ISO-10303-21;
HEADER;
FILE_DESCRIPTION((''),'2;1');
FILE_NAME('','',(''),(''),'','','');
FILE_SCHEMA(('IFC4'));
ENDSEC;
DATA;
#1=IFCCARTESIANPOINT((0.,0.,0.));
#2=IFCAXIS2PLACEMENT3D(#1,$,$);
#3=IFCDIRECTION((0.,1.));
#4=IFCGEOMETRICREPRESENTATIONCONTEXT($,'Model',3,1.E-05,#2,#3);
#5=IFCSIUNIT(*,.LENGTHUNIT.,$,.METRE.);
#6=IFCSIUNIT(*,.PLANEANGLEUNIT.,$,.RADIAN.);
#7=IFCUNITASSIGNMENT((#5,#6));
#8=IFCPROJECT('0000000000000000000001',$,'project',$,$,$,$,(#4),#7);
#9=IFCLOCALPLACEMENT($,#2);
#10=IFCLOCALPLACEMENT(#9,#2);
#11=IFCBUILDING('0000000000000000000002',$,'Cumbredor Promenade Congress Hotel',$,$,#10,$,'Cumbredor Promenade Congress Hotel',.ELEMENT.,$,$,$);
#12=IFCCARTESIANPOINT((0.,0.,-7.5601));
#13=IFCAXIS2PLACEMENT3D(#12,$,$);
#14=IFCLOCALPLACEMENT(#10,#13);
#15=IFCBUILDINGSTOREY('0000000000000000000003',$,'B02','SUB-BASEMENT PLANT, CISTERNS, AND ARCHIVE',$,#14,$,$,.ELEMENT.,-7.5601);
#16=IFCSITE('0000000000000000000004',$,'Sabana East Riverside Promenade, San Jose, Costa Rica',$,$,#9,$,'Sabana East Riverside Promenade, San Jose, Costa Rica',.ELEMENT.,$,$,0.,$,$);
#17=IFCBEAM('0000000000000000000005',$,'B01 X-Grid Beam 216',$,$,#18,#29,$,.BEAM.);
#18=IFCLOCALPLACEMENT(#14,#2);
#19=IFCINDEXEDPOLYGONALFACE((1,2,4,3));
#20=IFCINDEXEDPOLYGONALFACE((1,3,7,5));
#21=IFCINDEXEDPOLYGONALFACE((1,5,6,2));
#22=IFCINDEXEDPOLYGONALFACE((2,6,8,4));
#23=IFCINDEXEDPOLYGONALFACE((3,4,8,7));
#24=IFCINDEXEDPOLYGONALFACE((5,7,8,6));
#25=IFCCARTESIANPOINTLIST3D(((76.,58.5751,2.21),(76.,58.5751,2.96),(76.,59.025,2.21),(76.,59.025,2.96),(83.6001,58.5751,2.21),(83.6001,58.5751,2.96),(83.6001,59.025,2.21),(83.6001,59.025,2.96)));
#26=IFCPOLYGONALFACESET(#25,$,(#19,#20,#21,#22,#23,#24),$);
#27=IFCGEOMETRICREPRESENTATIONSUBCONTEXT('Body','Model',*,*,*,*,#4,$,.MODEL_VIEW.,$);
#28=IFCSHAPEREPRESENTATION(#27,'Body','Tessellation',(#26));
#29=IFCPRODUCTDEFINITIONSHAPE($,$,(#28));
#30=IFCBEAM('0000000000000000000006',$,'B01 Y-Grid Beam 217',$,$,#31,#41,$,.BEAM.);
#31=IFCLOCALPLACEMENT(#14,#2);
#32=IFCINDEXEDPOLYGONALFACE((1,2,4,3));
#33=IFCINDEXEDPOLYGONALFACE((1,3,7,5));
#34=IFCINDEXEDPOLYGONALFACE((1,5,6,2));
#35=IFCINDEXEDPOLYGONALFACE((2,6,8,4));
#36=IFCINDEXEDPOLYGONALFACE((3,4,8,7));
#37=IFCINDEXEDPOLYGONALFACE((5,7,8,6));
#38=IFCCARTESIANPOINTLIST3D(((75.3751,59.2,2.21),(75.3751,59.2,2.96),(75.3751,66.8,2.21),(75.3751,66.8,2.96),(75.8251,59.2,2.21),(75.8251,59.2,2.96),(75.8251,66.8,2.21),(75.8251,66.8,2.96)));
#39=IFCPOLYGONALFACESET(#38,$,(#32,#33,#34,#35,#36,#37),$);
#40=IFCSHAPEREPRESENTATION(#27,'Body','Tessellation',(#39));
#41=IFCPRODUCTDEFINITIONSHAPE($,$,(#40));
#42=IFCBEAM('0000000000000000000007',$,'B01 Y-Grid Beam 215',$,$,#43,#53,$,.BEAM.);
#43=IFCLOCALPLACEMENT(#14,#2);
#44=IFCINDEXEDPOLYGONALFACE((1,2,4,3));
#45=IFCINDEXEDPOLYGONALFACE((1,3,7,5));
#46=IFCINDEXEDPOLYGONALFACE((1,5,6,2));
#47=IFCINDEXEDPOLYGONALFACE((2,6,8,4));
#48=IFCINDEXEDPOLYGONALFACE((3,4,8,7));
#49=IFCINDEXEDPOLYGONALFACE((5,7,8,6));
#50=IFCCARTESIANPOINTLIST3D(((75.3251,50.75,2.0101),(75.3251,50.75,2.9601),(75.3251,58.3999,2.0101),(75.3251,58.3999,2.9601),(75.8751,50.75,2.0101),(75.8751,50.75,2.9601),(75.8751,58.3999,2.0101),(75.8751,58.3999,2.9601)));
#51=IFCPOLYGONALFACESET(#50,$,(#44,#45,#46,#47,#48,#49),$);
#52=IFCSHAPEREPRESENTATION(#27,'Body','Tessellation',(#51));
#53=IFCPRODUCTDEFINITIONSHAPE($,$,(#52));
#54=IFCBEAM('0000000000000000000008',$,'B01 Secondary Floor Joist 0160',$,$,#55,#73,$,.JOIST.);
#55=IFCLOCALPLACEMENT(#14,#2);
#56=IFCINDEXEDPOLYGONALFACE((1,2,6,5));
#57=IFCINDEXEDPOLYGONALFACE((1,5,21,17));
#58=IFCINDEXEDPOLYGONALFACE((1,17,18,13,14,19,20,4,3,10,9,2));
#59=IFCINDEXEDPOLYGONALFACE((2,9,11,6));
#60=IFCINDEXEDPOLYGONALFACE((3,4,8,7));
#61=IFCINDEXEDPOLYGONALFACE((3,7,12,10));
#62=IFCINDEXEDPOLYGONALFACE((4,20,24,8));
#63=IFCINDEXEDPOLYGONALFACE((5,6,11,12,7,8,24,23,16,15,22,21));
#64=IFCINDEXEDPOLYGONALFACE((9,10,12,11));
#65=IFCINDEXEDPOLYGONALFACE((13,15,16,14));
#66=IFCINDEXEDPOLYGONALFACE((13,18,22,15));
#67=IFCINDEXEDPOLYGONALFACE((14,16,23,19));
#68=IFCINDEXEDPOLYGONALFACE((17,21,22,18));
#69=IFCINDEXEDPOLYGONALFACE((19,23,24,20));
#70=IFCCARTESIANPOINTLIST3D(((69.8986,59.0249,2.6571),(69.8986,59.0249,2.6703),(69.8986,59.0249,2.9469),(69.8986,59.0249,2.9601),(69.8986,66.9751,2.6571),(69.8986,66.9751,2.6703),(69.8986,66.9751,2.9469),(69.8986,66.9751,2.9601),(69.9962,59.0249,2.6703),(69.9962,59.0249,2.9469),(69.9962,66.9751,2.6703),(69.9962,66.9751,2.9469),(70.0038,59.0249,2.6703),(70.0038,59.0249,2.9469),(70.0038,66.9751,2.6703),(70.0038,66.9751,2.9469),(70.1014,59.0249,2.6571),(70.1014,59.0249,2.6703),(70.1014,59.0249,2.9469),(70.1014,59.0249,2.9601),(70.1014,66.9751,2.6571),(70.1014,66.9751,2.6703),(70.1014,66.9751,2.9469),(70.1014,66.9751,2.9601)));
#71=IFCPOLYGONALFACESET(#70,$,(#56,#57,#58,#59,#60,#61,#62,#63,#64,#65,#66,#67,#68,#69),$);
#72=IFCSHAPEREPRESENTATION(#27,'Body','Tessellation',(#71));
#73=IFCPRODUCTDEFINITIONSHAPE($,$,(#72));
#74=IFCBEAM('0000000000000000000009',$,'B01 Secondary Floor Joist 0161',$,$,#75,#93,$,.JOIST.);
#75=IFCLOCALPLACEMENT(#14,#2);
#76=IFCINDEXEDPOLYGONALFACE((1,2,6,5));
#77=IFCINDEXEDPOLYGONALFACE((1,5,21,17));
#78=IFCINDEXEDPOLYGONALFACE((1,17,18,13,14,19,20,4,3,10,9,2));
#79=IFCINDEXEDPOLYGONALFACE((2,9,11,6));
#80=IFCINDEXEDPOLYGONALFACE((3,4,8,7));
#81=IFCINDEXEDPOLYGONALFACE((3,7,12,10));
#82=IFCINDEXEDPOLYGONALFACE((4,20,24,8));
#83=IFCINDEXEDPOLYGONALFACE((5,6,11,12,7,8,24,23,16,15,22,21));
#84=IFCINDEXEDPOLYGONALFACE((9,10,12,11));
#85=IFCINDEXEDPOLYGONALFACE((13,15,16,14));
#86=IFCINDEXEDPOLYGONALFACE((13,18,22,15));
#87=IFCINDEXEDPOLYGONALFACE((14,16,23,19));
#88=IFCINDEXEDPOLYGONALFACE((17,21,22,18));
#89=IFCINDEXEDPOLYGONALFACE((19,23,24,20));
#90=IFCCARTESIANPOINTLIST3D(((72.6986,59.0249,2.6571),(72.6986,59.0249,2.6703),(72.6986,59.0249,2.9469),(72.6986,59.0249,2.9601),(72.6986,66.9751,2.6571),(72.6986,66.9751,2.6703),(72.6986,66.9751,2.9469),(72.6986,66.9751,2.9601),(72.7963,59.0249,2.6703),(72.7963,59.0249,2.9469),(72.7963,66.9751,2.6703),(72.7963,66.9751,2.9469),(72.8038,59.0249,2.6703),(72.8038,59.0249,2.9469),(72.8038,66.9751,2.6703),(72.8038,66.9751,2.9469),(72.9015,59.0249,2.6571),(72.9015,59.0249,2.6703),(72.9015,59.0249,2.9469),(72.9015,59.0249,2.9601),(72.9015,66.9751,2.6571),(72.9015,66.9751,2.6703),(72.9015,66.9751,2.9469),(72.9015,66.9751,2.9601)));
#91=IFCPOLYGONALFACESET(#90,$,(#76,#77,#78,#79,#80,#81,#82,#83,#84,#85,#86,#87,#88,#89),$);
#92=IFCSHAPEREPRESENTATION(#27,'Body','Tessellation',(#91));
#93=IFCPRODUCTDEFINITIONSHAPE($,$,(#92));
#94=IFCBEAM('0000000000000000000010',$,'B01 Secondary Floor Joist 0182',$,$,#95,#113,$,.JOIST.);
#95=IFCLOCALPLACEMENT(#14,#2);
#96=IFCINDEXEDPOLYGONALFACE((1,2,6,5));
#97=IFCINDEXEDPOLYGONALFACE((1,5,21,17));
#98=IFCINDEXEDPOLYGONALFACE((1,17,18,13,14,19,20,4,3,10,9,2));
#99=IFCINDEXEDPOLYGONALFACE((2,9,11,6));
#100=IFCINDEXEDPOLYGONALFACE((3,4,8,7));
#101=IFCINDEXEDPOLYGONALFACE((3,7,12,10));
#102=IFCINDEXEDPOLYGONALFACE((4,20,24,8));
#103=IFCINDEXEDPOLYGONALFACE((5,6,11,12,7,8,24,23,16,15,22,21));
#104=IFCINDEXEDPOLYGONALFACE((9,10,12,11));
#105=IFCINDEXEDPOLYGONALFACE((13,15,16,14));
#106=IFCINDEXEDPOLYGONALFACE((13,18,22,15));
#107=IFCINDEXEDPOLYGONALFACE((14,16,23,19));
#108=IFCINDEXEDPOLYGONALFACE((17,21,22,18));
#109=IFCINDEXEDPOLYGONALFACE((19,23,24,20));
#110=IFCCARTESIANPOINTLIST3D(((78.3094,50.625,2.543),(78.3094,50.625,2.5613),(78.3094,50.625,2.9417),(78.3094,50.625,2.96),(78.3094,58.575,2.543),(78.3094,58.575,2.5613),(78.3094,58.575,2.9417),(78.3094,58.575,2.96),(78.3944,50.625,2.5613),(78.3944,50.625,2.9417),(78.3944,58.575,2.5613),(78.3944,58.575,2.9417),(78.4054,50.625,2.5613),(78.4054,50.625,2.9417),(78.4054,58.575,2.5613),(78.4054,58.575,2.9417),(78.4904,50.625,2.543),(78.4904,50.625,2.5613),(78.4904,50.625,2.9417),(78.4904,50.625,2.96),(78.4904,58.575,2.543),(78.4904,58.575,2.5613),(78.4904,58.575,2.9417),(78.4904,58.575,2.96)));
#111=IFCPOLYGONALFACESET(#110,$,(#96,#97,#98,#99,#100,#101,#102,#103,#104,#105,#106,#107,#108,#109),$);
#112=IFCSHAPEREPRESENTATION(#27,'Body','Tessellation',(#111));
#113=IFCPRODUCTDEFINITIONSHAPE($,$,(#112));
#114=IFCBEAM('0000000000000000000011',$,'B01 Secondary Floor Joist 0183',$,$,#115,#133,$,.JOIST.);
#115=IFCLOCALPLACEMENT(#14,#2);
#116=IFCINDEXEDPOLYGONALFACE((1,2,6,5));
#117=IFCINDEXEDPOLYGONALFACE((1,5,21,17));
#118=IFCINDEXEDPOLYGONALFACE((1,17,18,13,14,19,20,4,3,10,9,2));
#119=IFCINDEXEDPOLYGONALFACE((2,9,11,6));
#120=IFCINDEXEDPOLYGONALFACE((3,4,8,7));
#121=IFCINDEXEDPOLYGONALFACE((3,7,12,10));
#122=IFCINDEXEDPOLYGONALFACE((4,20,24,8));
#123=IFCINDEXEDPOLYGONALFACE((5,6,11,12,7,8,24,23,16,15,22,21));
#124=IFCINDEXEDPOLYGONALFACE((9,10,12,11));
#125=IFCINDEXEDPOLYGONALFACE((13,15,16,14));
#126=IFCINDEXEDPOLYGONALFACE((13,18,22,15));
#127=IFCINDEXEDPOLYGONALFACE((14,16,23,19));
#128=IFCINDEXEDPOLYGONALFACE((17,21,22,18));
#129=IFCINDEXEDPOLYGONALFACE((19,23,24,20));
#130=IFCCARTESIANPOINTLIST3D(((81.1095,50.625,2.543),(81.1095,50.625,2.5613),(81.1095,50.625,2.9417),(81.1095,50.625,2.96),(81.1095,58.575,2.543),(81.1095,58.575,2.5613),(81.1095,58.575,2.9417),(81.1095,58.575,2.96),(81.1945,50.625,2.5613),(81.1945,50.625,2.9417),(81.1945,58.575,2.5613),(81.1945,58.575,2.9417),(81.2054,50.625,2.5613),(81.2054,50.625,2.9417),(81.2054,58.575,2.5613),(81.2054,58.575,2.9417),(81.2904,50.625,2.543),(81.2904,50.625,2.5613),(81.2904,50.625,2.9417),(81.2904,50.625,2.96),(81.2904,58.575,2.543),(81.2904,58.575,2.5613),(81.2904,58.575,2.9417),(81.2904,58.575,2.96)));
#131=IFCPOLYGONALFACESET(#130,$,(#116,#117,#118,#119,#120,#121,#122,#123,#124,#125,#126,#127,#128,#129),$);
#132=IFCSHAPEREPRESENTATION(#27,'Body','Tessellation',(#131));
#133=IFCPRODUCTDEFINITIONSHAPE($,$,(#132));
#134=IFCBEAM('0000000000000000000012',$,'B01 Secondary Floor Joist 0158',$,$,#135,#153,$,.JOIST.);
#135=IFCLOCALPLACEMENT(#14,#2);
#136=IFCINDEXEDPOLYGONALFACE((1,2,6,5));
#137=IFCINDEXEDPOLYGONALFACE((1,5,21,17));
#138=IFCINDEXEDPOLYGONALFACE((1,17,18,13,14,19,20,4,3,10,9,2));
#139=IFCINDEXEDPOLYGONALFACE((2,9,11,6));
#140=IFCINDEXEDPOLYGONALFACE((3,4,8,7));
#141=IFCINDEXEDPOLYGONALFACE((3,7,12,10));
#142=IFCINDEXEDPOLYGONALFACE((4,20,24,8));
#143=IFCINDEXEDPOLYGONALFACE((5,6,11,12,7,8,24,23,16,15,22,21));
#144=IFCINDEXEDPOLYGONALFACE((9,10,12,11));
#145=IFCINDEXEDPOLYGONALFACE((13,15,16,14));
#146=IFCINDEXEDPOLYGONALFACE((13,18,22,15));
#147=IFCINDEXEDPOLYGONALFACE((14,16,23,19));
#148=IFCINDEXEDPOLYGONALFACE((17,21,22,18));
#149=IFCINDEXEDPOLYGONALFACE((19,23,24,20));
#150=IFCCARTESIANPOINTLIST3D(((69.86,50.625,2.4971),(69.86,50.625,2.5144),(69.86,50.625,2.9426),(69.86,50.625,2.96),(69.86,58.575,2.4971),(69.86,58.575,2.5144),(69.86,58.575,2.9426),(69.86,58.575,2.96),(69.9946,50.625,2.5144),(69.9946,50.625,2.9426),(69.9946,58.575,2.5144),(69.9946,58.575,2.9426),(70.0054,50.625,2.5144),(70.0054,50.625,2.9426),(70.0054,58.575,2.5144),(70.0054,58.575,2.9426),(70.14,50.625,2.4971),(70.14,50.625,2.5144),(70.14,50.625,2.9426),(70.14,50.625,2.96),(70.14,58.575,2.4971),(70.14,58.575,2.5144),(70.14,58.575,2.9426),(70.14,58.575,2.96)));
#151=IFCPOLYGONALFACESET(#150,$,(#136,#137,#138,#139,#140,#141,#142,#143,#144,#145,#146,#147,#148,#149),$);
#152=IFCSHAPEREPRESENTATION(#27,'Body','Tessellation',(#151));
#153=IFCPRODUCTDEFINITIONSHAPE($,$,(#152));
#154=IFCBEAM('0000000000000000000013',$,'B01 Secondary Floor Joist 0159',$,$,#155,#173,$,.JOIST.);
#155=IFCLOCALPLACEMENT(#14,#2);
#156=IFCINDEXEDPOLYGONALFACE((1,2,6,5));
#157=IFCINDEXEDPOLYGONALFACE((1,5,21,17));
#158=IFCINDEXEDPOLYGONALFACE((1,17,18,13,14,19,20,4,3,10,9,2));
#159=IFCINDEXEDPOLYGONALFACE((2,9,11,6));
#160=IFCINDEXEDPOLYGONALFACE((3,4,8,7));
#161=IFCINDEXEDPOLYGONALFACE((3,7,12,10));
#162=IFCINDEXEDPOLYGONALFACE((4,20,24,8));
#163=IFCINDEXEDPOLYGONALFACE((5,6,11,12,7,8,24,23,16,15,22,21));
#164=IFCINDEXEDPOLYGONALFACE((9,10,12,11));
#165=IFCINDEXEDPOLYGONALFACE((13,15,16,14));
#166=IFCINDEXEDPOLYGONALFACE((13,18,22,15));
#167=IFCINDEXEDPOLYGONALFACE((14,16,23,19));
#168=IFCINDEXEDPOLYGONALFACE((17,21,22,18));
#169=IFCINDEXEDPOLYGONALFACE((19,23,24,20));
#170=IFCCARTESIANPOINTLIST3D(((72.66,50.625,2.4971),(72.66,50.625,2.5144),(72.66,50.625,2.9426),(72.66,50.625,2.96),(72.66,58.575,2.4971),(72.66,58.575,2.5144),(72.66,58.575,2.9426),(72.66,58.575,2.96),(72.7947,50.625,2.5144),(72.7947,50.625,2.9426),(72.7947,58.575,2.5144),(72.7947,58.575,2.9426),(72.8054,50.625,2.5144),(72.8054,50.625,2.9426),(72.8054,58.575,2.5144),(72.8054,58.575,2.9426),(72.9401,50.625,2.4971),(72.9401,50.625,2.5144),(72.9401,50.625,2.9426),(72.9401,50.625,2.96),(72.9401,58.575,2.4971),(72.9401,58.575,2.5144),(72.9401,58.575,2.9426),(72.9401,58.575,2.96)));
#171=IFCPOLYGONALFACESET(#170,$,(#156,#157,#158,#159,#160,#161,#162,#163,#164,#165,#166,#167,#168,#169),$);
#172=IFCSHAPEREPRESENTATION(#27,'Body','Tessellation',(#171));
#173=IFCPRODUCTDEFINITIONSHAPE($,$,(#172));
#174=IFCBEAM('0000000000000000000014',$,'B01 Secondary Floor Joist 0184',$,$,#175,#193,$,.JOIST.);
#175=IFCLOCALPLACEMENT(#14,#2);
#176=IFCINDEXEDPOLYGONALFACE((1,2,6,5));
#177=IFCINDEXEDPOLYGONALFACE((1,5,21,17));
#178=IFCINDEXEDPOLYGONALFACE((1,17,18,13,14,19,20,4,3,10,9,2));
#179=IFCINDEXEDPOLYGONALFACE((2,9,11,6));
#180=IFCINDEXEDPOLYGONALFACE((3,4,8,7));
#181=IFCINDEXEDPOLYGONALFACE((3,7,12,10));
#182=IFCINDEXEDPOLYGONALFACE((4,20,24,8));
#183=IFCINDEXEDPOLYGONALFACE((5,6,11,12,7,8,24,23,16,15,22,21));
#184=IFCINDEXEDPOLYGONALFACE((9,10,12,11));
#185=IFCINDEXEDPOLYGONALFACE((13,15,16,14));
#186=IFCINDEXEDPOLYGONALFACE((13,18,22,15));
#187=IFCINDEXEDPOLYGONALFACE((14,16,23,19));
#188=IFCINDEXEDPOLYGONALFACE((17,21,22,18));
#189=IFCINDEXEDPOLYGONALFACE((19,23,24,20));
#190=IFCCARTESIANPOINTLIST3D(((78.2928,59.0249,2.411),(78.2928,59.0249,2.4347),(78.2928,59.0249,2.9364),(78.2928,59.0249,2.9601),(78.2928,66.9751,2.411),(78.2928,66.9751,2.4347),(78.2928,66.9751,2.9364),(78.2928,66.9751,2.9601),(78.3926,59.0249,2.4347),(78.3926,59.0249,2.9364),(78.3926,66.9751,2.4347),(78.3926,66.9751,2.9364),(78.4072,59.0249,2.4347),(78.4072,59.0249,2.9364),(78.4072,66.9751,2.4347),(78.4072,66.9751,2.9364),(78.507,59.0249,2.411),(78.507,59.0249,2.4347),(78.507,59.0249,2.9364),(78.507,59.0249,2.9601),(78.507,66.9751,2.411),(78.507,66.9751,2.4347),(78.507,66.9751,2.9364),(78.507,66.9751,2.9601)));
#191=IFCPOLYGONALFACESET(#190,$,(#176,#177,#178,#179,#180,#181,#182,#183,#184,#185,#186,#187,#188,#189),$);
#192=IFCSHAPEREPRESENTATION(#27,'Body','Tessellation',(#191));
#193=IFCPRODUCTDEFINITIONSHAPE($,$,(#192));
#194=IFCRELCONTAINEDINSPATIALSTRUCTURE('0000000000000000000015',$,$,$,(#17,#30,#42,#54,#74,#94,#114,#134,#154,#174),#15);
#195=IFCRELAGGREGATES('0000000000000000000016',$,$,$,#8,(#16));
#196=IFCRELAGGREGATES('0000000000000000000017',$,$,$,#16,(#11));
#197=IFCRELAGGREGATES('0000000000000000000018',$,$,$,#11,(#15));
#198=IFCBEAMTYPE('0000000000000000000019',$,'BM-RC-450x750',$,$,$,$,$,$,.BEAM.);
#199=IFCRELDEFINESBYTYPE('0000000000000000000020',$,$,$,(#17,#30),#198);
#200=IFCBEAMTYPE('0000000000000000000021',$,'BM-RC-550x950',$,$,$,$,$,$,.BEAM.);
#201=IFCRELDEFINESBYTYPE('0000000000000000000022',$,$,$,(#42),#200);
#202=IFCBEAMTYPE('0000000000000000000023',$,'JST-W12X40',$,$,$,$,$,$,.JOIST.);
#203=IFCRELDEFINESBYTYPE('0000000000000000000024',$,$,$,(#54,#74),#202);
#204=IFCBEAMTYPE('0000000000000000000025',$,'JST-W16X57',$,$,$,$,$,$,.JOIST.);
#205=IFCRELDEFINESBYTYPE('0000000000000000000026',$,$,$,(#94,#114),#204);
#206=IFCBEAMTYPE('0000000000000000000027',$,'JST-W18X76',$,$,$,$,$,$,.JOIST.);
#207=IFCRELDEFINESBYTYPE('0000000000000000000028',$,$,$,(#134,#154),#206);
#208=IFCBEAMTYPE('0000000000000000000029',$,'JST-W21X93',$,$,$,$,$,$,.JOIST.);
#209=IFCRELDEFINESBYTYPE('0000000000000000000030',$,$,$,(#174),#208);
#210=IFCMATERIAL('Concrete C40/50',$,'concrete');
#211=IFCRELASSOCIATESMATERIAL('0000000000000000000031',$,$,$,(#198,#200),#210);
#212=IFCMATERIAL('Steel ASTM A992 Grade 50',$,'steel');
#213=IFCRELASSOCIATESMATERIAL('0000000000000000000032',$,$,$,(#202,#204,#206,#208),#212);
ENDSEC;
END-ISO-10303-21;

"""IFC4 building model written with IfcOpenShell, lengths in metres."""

from ifc_helpers import new_model, si_unit, direction, frame, origin, origin_2d, place, context, subcontext, project, spatial, rectangle, i_section, extrude, material, material_profile, profile_set, type_object, element, save


model = new_model("IFC4")

# Units and contexts
model_context = context("Model", 3, precision=1e-05, world=origin(), true_north=direction((0.0, 1.0)))
body_context = subcontext(model_context, "Body", "Model", "MODEL_VIEW")
ifc_project = project(units=[si_unit("LENGTHUNIT", "METRE"), si_unit("PLANEANGLEUNIT", "RADIAN")], contexts=[model_context])

# Site, building, storey
site_placement = place(None, origin())
site = spatial("IfcSite", under=ifc_project, at=site_placement, Name="Sabana East Riverside Promenade, San Jose, Costa Rica", LongName="Sabana East Riverside Promenade, San Jose, Costa Rica", CompositionType="ELEMENT", RefElevation=0.0)
building_placement = place(site_placement, origin())
building = spatial("IfcBuilding", under=site, at=building_placement, Name="Cumbredor Promenade Congress Hotel", LongName="Cumbredor Promenade Congress Hotel", CompositionType="ELEMENT")
storey_placement = place(building_placement, frame((0.0, 0.0, -7.5601)))
storey = spatial("IfcBuildingStorey", under=building, at=storey_placement, Name="B02", Description="SUB-BASEMENT PLANT, CISTERNS, AND ARCHIVE", CompositionType="ELEMENT", Elevation=-7.5601)

# Shared definitions
ifc_material_1 = material(Name="Concrete C40/50", Category="concrete")

# Beams
ifc_material_profile_1 = material_profile(ifc_material_1, rectangle(XDim=0.45, YDim=0.75, at=origin_2d()), Name="RC BEAM 450x750")
ifc_profile_set_1 = profile_set([ifc_material_profile_1], Name="Concrete C40/50")
beam_type_1 = type_object("IfcBeamType", Name="BM-RC-450x750", PredefinedType="BEAM", material=ifc_profile_set_1)
for number, where, z_axis, x_axis, name in (
    (1, (76.0, 58.8, 2.585), (1.0, 0.0, 0.0), (0.0, 1.0, 0.0), "B01 X-Grid Beam 216"),
    (2, (75.6001, 59.2, 2.585), (0.0, 1.0, 0.0), (-1.0, 0.0, 0.0), "B01 Y-Grid Beam 217"),
):
    element("IfcBeam", number, at=place(storey_placement, frame(where, z_axis=z_axis, x_axis=x_axis)), inside=storey, type_object=beam_type_1, Name=name, PredefinedType="BEAM", context=body_context, shape_type="SweptSolid", body=[
        extrude(rectangle(XDim=0.45, YDim=0.75, at=origin_2d()), origin(), (0.0, 0.0, 1.0), 7.6001),
    ])
ifc_material_profile_2 = material_profile(ifc_material_1, rectangle(XDim=0.55, YDim=0.95, at=origin_2d()), Name="RC BEAM 550x950")
ifc_profile_set_2 = profile_set([ifc_material_profile_2], Name="Concrete C40/50")
beam_type_2 = type_object("IfcBeamType", Name="BM-RC-550x950", PredefinedType="BEAM", material=ifc_profile_set_2)
beam_1_placement = place(storey_placement, frame((75.6001, 50.75, 2.4851), z_axis=(0.0, 1.0, 0.0), x_axis=(-1.0, 0.0, 0.0)))
element("IfcBeam", 3, at=beam_1_placement, inside=storey, type_object=beam_type_2, Name="B01 Y-Grid Beam 215", PredefinedType="BEAM", context=body_context, shape_type="SweptSolid", body=[
    extrude(rectangle(XDim=0.55, YDim=0.95, at=origin_2d()), origin(), (0.0, 0.0, 1.0), 7.6499),
])
ifc_material_2 = material(Name="Steel ASTM A992 Grade 50", Category="steel")
ifc_material_profile_3 = material_profile(ifc_material_2, i_section(OverallWidth=0.2029, OverallDepth=0.303, WebThickness=0.0076, FlangeThickness=0.0132, at=origin_2d()), Name="W12X40")
ifc_profile_set_3 = profile_set([ifc_material_profile_3], Name="Steel ASTM A992 Grade 50")
beam_type_3 = type_object("IfcBeamType", Name="JST-W12X40", PredefinedType="JOIST", material=ifc_profile_set_3)
for number, where, z_axis, x_axis, name in (
    (4, (70.0, 59.0249, 2.8086), (0.0, 1.0, 0.0), (-1.0, 0.0, 0.0), "B01 Secondary Floor Joist 0160"),
    (5, (72.8, 59.0249, 2.8086), (0.0, 1.0, 0.0), (-1.0, 0.0, 0.0), "B01 Secondary Floor Joist 0161"),
):
    element("IfcBeam", number, at=place(storey_placement, frame(where, z_axis=z_axis, x_axis=x_axis)), inside=storey, type_object=beam_type_3, Name=name, PredefinedType="JOIST", context=body_context, shape_type="SweptSolid", body=[
        extrude(i_section(OverallWidth=0.2029, OverallDepth=0.303, WebThickness=0.0076, FlangeThickness=0.0132, at=origin_2d()), origin(), (0.0, 0.0, 1.0), 7.9502),
    ])
ifc_material_profile_4 = material_profile(ifc_material_2, i_section(OverallWidth=0.1809, OverallDepth=0.417, WebThickness=0.011, FlangeThickness=0.0183, at=origin_2d()), Name="W16X57")
ifc_profile_set_4 = profile_set([ifc_material_profile_4], Name="Steel ASTM A992 Grade 50")
beam_type_4 = type_object("IfcBeamType", Name="JST-W16X57", PredefinedType="JOIST", material=ifc_profile_set_4)
for number, where, z_axis, x_axis, name in (
    (6, (78.3999, 50.625, 2.7515), (0.0, 1.0, 0.0), (-1.0, 0.0, 0.0), "B01 Secondary Floor Joist 0182"),
    (7, (81.2, 50.625, 2.7515), (0.0, 1.0, 0.0), (-1.0, 0.0, 0.0), "B01 Secondary Floor Joist 0183"),
):
    element("IfcBeam", number, at=place(storey_placement, frame(where, z_axis=z_axis, x_axis=x_axis)), inside=storey, type_object=beam_type_4, Name=name, PredefinedType="JOIST", context=body_context, shape_type="SweptSolid", body=[
        extrude(i_section(OverallWidth=0.1809, OverallDepth=0.417, WebThickness=0.011, FlangeThickness=0.0183, at=origin_2d()), origin(), (0.0, 0.0, 1.0), 7.95),
    ])
ifc_material_profile_5 = material_profile(ifc_material_2, i_section(OverallWidth=0.28, OverallDepth=0.4629, WebThickness=0.0107, FlangeThickness=0.0173, at=origin_2d()), Name="W18X76")
ifc_profile_set_5 = profile_set([ifc_material_profile_5], Name="Steel ASTM A992 Grade 50")
beam_type_5 = type_object("IfcBeamType", Name="JST-W18X76", PredefinedType="JOIST", material=ifc_profile_set_5)
for number, where, z_axis, x_axis, name in (
    (8, (70.0, 50.625, 2.7285), (0.0, 1.0, 0.0), (-1.0, 0.0, 0.0), "B01 Secondary Floor Joist 0158"),
    (9, (72.8, 50.625, 2.7285), (0.0, 1.0, 0.0), (-1.0, 0.0, 0.0), "B01 Secondary Floor Joist 0159"),
):
    element("IfcBeam", number, at=place(storey_placement, frame(where, z_axis=z_axis, x_axis=x_axis)), inside=storey, type_object=beam_type_5, Name=name, PredefinedType="JOIST", context=body_context, shape_type="SweptSolid", body=[
        extrude(i_section(OverallWidth=0.28, OverallDepth=0.4629, WebThickness=0.0107, FlangeThickness=0.0173, at=origin_2d()), origin(), (0.0, 0.0, 1.0), 7.95),
    ])
ifc_material_profile_6 = material_profile(ifc_material_2, i_section(OverallWidth=0.2141, OverallDepth=0.5491, WebThickness=0.0146, FlangeThickness=0.0237, at=origin_2d()), Name="W21X93")
ifc_profile_set_6 = profile_set([ifc_material_profile_6], Name="Steel ASTM A992 Grade 50")
beam_type_6 = type_object("IfcBeamType", Name="JST-W21X93", PredefinedType="JOIST", material=ifc_profile_set_6)
for number, where, z_axis, x_axis, name in (
    (10, (78.3999, 59.0249, 2.6855), (0.0, 1.0, 0.0), (-1.0, 0.0, 0.0), "B01 Secondary Floor Joist 0184"),
):
    element("IfcBeam", number, at=place(storey_placement, frame(where, z_axis=z_axis, x_axis=x_axis)), inside=storey, type_object=beam_type_6, Name=name, PredefinedType="JOIST", context=body_context, shape_type="SweptSolid", body=[
        extrude(i_section(OverallWidth=0.2141, OverallDepth=0.5491, WebThickness=0.0146, FlangeThickness=0.0237, at=origin_2d()), origin(), (0.0, 0.0, 1.0), 7.9502),
    ])

save(model, "model.ifc")
